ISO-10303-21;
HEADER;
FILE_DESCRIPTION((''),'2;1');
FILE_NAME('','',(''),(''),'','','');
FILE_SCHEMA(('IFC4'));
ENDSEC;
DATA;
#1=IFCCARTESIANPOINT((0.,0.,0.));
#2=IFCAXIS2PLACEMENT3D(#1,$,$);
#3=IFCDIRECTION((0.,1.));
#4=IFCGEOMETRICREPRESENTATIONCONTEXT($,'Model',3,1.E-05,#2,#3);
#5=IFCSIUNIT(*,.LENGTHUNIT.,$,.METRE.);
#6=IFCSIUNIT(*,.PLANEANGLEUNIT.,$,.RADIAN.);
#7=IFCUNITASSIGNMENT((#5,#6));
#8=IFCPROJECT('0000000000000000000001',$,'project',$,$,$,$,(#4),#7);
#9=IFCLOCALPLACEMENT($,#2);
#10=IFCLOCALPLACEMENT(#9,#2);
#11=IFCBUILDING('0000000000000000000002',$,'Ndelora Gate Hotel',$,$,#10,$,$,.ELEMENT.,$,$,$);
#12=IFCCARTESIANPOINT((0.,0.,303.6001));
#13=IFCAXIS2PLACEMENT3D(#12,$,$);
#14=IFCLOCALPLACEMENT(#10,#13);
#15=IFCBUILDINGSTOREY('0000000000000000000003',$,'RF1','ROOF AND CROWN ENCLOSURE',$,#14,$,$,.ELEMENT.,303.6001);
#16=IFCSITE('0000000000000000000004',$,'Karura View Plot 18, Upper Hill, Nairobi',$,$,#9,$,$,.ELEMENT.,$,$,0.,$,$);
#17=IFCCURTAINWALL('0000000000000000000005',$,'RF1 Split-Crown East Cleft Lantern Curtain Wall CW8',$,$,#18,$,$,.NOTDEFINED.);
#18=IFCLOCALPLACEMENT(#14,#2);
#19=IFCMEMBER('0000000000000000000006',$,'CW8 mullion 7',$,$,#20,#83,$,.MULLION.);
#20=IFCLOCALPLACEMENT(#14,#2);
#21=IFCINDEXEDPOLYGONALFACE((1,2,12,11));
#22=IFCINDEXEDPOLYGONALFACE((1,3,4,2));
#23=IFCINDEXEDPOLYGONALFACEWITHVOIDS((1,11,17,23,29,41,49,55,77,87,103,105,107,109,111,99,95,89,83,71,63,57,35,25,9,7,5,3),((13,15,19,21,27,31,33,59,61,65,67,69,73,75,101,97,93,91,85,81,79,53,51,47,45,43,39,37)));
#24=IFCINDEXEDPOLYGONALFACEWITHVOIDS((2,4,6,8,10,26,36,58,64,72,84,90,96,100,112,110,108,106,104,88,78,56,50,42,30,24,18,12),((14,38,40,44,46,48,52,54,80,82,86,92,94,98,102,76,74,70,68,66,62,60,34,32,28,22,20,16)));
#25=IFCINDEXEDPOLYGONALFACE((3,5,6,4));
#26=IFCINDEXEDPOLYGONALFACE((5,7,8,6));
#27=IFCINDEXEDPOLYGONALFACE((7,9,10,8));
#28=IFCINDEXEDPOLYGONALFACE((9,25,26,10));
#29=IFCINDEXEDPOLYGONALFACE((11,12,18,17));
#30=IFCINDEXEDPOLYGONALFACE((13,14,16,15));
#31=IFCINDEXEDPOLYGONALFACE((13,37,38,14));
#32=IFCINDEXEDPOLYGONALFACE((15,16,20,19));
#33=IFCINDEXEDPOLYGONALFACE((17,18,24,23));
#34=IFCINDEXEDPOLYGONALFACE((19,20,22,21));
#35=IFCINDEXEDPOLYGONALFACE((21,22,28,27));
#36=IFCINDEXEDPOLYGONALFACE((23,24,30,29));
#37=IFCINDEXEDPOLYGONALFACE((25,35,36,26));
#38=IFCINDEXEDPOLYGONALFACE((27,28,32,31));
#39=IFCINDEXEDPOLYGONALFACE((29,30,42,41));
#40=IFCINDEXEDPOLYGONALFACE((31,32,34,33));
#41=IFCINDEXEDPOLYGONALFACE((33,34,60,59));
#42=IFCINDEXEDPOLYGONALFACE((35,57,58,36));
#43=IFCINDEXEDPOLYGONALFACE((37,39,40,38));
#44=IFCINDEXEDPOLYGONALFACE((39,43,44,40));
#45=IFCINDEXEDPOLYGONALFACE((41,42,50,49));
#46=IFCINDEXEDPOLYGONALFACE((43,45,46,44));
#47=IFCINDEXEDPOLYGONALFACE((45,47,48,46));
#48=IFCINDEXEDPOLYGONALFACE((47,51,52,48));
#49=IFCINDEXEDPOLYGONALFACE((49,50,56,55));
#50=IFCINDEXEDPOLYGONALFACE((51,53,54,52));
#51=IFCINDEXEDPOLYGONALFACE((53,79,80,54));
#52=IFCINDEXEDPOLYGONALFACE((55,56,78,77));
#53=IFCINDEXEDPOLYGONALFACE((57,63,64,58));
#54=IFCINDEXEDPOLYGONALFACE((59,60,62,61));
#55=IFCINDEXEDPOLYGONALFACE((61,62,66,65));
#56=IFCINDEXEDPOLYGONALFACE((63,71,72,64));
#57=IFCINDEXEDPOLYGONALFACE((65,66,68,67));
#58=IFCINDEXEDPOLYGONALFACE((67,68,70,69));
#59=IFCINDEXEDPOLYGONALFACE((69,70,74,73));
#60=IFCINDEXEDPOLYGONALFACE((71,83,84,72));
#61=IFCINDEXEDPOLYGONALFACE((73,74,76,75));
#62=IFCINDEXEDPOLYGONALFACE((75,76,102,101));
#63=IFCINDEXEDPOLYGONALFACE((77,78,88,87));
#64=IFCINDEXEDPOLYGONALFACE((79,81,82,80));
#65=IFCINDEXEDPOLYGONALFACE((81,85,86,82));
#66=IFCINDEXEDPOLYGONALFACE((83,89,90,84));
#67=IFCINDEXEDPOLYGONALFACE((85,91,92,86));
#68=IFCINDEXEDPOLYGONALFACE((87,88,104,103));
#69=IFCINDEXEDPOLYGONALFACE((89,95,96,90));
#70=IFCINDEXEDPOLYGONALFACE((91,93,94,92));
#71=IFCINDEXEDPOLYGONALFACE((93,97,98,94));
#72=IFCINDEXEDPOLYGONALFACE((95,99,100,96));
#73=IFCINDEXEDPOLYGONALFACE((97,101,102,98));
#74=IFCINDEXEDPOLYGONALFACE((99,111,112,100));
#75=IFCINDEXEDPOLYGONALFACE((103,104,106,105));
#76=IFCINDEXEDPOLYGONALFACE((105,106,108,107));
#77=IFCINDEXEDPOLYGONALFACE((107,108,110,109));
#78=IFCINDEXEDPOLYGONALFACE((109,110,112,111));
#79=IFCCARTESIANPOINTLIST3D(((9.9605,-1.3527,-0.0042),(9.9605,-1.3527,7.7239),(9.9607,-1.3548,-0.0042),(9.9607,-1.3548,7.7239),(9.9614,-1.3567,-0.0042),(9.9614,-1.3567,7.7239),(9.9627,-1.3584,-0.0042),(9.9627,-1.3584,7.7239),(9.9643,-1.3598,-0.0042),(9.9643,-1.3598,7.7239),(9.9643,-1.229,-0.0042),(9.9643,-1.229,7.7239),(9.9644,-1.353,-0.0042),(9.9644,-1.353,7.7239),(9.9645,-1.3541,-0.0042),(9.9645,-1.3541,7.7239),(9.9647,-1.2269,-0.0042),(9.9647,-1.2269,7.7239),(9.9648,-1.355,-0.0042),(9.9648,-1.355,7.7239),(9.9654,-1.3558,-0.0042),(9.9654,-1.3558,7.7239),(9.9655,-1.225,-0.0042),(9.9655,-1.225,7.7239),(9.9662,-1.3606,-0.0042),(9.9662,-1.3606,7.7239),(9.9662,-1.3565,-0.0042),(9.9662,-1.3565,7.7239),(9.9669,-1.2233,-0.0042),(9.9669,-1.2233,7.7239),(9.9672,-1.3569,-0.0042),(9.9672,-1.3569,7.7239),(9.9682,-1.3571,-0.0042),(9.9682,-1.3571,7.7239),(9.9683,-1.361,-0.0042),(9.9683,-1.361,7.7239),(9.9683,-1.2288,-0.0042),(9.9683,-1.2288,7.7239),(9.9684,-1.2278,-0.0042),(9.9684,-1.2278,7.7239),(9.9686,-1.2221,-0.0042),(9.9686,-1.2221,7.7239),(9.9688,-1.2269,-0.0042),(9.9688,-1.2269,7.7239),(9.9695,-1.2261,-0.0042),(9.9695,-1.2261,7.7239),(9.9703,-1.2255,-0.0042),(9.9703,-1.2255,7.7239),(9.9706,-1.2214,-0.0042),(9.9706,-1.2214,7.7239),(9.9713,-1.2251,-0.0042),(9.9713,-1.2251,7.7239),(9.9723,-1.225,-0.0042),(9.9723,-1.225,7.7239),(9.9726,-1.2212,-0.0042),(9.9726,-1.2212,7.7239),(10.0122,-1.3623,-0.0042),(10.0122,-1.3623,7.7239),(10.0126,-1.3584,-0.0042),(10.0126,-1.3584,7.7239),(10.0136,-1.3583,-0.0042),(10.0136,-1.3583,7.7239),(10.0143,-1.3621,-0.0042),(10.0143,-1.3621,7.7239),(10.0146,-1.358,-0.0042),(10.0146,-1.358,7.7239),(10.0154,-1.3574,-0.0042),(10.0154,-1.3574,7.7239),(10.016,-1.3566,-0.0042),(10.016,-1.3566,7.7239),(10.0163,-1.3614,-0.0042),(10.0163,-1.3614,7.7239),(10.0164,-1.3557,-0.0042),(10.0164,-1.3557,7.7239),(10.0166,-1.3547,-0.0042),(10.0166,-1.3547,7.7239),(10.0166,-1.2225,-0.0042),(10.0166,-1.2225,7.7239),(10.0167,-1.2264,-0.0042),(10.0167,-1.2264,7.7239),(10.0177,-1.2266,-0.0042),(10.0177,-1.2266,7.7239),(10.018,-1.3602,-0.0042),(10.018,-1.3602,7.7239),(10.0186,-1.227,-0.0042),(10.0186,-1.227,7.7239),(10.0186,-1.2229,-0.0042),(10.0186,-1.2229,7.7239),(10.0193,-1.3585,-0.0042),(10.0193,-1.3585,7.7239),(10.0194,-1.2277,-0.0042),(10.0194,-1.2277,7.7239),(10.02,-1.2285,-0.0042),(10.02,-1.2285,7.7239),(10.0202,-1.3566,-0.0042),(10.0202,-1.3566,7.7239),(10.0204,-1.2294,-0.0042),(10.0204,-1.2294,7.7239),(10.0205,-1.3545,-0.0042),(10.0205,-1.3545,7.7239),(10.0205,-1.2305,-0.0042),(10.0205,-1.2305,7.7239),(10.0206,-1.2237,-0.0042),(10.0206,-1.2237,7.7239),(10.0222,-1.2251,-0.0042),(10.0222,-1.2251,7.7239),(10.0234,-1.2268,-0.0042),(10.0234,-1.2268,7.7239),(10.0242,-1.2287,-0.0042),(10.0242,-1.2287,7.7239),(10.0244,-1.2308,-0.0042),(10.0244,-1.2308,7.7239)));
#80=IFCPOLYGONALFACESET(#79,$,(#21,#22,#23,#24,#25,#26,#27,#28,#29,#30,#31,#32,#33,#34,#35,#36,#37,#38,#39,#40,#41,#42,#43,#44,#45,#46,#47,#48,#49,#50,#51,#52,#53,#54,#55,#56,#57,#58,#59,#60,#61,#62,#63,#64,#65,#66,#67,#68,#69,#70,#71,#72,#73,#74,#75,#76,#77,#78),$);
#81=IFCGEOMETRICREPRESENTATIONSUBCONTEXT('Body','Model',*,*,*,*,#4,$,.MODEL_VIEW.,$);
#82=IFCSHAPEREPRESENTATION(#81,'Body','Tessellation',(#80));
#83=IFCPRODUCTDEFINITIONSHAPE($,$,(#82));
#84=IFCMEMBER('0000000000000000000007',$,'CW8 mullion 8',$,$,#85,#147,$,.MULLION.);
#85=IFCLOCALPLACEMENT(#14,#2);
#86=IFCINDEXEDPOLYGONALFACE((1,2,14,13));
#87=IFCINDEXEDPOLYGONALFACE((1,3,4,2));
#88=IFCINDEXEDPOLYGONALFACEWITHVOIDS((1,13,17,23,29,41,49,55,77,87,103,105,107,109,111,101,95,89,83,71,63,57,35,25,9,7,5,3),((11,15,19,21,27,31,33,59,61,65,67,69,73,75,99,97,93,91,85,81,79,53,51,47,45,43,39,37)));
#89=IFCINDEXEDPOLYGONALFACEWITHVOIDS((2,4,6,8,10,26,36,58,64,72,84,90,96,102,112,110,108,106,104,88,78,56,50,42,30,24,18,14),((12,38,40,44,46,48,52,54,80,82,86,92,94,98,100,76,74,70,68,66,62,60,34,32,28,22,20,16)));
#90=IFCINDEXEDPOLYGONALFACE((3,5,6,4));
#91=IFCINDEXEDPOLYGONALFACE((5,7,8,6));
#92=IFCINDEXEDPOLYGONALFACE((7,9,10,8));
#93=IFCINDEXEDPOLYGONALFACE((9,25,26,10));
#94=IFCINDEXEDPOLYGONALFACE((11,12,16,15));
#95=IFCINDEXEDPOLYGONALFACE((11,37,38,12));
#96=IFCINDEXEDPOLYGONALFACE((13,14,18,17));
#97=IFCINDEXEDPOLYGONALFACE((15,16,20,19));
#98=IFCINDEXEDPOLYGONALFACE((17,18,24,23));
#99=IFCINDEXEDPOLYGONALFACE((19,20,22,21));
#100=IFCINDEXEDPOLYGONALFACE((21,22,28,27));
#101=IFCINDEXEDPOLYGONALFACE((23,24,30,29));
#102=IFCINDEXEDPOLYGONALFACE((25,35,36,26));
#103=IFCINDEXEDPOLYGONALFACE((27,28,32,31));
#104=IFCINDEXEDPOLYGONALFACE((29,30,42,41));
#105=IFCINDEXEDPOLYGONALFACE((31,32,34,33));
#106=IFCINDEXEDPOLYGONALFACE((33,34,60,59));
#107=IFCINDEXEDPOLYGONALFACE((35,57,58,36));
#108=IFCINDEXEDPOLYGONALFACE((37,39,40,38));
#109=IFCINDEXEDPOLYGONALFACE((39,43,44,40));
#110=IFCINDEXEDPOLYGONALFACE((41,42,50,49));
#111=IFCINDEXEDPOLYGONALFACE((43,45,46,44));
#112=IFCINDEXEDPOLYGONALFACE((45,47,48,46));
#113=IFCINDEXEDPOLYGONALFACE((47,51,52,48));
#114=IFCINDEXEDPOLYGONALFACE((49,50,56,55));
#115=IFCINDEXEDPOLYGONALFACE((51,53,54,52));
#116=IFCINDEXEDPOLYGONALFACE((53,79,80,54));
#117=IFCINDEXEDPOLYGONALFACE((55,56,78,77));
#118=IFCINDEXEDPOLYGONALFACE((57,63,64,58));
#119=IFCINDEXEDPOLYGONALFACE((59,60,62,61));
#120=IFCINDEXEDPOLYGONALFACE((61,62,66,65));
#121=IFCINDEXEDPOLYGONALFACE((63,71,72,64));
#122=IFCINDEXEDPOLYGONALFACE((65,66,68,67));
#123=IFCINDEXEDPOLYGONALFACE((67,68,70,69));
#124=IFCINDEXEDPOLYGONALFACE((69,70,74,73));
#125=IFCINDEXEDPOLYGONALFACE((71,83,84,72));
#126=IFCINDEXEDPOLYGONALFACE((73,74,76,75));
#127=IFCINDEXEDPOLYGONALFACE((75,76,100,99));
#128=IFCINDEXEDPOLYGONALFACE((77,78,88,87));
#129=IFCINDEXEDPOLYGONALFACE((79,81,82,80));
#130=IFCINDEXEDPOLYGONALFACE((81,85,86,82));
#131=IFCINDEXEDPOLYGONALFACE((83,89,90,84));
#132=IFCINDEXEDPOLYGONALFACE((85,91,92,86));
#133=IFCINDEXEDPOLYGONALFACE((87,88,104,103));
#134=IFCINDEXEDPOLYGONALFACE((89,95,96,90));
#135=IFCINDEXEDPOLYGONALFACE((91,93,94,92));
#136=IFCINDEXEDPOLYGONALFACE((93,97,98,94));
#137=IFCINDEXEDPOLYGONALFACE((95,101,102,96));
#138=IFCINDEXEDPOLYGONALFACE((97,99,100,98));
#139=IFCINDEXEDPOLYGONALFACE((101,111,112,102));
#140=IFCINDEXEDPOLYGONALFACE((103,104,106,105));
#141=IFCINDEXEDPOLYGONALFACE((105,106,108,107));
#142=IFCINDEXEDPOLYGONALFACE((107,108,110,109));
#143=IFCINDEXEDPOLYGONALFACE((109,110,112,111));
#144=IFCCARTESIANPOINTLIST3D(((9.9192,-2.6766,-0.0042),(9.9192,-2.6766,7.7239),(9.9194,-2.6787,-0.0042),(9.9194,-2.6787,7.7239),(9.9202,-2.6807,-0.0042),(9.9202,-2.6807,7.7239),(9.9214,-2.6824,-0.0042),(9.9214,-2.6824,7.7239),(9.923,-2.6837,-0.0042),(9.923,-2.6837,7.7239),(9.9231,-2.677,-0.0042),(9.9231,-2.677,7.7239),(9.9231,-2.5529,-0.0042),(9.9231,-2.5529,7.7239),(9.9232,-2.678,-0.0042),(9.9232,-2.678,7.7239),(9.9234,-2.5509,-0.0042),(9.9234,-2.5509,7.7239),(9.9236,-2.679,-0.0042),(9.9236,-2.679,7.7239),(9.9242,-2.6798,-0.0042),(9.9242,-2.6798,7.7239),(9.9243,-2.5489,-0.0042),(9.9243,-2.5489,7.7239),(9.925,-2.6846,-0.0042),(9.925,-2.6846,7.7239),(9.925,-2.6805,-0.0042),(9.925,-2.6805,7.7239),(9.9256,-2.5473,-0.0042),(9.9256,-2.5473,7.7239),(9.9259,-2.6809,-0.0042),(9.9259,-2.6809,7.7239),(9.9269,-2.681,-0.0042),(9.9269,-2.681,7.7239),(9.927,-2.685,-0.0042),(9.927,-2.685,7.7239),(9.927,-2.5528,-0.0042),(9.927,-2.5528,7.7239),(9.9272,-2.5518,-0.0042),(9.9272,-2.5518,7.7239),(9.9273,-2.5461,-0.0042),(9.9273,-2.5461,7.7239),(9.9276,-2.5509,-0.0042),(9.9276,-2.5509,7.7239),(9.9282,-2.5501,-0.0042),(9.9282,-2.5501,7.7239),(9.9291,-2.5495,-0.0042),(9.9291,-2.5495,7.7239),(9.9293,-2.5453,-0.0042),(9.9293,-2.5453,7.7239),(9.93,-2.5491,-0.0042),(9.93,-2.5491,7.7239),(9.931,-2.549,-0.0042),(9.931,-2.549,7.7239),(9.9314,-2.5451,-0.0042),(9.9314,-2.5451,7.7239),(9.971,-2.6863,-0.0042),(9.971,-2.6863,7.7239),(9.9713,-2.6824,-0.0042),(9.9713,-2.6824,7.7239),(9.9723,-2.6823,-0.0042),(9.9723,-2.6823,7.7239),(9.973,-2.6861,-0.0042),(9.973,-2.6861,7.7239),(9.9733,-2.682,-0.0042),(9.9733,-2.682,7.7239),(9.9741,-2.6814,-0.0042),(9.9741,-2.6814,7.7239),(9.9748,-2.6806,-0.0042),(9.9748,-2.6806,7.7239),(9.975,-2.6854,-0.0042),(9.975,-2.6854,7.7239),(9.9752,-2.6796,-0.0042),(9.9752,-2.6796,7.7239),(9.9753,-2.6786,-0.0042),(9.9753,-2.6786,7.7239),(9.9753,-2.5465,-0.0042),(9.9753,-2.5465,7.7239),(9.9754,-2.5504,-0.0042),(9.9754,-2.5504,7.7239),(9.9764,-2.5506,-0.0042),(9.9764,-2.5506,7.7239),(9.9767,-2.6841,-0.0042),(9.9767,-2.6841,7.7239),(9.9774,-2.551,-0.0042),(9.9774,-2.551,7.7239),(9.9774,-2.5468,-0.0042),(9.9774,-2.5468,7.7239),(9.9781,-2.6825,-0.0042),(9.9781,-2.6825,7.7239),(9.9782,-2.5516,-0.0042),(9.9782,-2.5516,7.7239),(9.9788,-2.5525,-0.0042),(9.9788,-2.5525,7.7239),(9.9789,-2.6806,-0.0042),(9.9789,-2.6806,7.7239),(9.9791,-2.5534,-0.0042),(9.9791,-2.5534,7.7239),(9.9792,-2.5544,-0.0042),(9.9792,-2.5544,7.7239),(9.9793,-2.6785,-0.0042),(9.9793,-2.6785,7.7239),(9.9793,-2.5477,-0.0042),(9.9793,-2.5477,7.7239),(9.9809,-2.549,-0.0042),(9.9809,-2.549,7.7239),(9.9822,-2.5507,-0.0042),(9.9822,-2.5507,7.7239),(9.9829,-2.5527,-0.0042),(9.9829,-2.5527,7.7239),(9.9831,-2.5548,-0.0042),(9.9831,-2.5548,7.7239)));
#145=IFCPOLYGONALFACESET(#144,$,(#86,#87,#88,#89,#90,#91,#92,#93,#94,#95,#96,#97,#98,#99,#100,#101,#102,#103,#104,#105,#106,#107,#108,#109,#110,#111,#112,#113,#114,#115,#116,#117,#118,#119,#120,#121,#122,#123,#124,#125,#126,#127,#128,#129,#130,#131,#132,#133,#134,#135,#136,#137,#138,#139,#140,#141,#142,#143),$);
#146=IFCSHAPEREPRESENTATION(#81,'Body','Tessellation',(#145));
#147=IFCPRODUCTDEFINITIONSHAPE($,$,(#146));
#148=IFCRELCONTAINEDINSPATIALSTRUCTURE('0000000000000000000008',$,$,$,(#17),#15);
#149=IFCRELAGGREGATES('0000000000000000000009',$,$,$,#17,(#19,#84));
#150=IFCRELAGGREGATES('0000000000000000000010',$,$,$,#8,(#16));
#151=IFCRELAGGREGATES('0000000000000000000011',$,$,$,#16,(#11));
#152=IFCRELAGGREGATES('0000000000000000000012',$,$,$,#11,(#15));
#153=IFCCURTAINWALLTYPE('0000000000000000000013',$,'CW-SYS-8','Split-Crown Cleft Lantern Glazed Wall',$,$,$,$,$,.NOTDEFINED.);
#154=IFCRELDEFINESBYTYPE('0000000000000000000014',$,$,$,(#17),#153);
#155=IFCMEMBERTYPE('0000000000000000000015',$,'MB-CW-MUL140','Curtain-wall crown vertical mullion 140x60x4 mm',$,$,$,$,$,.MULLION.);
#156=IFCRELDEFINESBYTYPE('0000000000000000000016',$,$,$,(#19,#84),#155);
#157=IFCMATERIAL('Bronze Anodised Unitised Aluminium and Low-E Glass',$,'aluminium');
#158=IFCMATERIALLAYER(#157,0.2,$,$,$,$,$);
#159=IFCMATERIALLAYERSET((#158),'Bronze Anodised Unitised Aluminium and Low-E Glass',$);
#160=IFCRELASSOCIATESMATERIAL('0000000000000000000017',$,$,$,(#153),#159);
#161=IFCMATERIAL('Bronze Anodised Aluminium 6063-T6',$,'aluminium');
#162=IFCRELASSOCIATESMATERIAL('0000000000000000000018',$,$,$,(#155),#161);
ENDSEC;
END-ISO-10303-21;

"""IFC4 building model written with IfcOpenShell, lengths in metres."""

from ifc_helpers import new_model, si_unit, direction, frame, origin, origin_2d, place, context, subcontext, project, spatial, hollow_rectangle, extrude, material, layer, layer_set, material_profile, profile_set, type_object, element, aggregate, save


model = new_model("IFC4")

# Units and contexts
model_context = context("Model", 3, precision=1e-05, world=origin(), true_north=direction((0.0, 1.0)))
body_context = subcontext(model_context, "Body", "Model", "MODEL_VIEW")
ifc_project = project(units=[si_unit("LENGTHUNIT", "METRE"), si_unit("PLANEANGLEUNIT", "RADIAN")], contexts=[model_context])

# Site, building, storey
site_placement = place(None, origin())
site = spatial("IfcSite", under=ifc_project, at=site_placement, Name="Karura View Plot 18, Upper Hill, Nairobi", CompositionType="ELEMENT", RefElevation=0.0)
building_placement = place(site_placement, origin())
building = spatial("IfcBuilding", under=site, at=building_placement, Name="Ndelora Gate Hotel", CompositionType="ELEMENT")
storey_placement = place(building_placement, frame((0.0, 0.0, 303.6001)))
storey = spatial("IfcBuildingStorey", under=building, at=storey_placement, Name="RF1", Description="ROOF AND CROWN ENCLOSURE", CompositionType="ELEMENT", Elevation=303.6001)

# Curtain wall, members
ifc_material_1 = material(Name="Bronze Anodised Unitised Aluminium and Low-E Glass", Category="aluminium")
ifc_layer_1 = layer(ifc_material_1, 0.2)
ifc_layer_set_1 = layer_set([ifc_layer_1], Name="Bronze Anodised Unitised Aluminium and Low-E Glass")
curtain_wall_type = type_object("IfcCurtainWallType", Name="CW-SYS-8", Description="Split-Crown Cleft Lantern Glazed Wall", PredefinedType="NOTDEFINED", material=ifc_layer_set_1)
ifc_material_2 = material(Name="Bronze Anodised Aluminium 6063-T6", Category="aluminium")
ifc_material_profile_1 = material_profile(ifc_material_2, hollow_rectangle(XDim=0.0601, YDim=0.1399, WallThickness=0.0039, InnerFilletRadius=0.0039, OuterFilletRadius=0.0081, at=origin_2d()), Name="ALU 140x60x4")
ifc_profile_set_1 = profile_set([ifc_material_profile_1], Name="Bronze Anodised Aluminium 6063-T6")
member_type_1 = type_object("IfcMemberType", Name="MB-CW-MUL140", Description="Curtain-wall crown vertical mullion 140x60x4 mm", PredefinedType="MULLION", material=ifc_profile_set_1)
curtain_wall_1_placement = place(storey_placement, origin())
curtain_wall_1 = element("IfcCurtainWall", 1, at=curtain_wall_1_placement, inside=storey, type_object=curtain_wall_type, Name="RF1 Split-Crown East Cleft Lantern Curtain Wall CW8", PredefinedType="NOTDEFINED")
member_1_placement = place(storey_placement, frame((9.9924, -1.2917, -0.0042), z_axis=(0.0, 0.0, 1.0), x_axis=(0.999515, -0.031131, 0.0)))
member_1 = element("IfcMember", 2, at=member_1_placement, type_object=member_type_1, Name="CW8 mullion 7", PredefinedType="MULLION", context=body_context, shape_type="SweptSolid", body=[
    extrude(hollow_rectangle(XDim=0.0601, YDim=0.1399, WallThickness=0.0039, InnerFilletRadius=0.0039, OuterFilletRadius=0.0081, at=origin_2d()), origin(), (0.0, 0.0, 1.0), 7.728),
])
member_2_placement = place(storey_placement, frame((9.9512, -2.6157, -0.0042), z_axis=(0.0, 0.0, 1.0), x_axis=(0.999515, -0.031131, 0.0)))
member_2 = element("IfcMember", 3, at=member_2_placement, type_object=member_type_1, Name="CW8 mullion 8", PredefinedType="MULLION", context=body_context, shape_type="SweptSolid", body=[
    extrude(hollow_rectangle(XDim=0.0601, YDim=0.1399, WallThickness=0.0039, InnerFilletRadius=0.0039, OuterFilletRadius=0.0081, at=origin_2d()), origin(), (0.0, 0.0, 1.0), 7.728),
])

aggregate(curtain_wall_1, [member_1, member_2])

save(model, "model.ifc")
